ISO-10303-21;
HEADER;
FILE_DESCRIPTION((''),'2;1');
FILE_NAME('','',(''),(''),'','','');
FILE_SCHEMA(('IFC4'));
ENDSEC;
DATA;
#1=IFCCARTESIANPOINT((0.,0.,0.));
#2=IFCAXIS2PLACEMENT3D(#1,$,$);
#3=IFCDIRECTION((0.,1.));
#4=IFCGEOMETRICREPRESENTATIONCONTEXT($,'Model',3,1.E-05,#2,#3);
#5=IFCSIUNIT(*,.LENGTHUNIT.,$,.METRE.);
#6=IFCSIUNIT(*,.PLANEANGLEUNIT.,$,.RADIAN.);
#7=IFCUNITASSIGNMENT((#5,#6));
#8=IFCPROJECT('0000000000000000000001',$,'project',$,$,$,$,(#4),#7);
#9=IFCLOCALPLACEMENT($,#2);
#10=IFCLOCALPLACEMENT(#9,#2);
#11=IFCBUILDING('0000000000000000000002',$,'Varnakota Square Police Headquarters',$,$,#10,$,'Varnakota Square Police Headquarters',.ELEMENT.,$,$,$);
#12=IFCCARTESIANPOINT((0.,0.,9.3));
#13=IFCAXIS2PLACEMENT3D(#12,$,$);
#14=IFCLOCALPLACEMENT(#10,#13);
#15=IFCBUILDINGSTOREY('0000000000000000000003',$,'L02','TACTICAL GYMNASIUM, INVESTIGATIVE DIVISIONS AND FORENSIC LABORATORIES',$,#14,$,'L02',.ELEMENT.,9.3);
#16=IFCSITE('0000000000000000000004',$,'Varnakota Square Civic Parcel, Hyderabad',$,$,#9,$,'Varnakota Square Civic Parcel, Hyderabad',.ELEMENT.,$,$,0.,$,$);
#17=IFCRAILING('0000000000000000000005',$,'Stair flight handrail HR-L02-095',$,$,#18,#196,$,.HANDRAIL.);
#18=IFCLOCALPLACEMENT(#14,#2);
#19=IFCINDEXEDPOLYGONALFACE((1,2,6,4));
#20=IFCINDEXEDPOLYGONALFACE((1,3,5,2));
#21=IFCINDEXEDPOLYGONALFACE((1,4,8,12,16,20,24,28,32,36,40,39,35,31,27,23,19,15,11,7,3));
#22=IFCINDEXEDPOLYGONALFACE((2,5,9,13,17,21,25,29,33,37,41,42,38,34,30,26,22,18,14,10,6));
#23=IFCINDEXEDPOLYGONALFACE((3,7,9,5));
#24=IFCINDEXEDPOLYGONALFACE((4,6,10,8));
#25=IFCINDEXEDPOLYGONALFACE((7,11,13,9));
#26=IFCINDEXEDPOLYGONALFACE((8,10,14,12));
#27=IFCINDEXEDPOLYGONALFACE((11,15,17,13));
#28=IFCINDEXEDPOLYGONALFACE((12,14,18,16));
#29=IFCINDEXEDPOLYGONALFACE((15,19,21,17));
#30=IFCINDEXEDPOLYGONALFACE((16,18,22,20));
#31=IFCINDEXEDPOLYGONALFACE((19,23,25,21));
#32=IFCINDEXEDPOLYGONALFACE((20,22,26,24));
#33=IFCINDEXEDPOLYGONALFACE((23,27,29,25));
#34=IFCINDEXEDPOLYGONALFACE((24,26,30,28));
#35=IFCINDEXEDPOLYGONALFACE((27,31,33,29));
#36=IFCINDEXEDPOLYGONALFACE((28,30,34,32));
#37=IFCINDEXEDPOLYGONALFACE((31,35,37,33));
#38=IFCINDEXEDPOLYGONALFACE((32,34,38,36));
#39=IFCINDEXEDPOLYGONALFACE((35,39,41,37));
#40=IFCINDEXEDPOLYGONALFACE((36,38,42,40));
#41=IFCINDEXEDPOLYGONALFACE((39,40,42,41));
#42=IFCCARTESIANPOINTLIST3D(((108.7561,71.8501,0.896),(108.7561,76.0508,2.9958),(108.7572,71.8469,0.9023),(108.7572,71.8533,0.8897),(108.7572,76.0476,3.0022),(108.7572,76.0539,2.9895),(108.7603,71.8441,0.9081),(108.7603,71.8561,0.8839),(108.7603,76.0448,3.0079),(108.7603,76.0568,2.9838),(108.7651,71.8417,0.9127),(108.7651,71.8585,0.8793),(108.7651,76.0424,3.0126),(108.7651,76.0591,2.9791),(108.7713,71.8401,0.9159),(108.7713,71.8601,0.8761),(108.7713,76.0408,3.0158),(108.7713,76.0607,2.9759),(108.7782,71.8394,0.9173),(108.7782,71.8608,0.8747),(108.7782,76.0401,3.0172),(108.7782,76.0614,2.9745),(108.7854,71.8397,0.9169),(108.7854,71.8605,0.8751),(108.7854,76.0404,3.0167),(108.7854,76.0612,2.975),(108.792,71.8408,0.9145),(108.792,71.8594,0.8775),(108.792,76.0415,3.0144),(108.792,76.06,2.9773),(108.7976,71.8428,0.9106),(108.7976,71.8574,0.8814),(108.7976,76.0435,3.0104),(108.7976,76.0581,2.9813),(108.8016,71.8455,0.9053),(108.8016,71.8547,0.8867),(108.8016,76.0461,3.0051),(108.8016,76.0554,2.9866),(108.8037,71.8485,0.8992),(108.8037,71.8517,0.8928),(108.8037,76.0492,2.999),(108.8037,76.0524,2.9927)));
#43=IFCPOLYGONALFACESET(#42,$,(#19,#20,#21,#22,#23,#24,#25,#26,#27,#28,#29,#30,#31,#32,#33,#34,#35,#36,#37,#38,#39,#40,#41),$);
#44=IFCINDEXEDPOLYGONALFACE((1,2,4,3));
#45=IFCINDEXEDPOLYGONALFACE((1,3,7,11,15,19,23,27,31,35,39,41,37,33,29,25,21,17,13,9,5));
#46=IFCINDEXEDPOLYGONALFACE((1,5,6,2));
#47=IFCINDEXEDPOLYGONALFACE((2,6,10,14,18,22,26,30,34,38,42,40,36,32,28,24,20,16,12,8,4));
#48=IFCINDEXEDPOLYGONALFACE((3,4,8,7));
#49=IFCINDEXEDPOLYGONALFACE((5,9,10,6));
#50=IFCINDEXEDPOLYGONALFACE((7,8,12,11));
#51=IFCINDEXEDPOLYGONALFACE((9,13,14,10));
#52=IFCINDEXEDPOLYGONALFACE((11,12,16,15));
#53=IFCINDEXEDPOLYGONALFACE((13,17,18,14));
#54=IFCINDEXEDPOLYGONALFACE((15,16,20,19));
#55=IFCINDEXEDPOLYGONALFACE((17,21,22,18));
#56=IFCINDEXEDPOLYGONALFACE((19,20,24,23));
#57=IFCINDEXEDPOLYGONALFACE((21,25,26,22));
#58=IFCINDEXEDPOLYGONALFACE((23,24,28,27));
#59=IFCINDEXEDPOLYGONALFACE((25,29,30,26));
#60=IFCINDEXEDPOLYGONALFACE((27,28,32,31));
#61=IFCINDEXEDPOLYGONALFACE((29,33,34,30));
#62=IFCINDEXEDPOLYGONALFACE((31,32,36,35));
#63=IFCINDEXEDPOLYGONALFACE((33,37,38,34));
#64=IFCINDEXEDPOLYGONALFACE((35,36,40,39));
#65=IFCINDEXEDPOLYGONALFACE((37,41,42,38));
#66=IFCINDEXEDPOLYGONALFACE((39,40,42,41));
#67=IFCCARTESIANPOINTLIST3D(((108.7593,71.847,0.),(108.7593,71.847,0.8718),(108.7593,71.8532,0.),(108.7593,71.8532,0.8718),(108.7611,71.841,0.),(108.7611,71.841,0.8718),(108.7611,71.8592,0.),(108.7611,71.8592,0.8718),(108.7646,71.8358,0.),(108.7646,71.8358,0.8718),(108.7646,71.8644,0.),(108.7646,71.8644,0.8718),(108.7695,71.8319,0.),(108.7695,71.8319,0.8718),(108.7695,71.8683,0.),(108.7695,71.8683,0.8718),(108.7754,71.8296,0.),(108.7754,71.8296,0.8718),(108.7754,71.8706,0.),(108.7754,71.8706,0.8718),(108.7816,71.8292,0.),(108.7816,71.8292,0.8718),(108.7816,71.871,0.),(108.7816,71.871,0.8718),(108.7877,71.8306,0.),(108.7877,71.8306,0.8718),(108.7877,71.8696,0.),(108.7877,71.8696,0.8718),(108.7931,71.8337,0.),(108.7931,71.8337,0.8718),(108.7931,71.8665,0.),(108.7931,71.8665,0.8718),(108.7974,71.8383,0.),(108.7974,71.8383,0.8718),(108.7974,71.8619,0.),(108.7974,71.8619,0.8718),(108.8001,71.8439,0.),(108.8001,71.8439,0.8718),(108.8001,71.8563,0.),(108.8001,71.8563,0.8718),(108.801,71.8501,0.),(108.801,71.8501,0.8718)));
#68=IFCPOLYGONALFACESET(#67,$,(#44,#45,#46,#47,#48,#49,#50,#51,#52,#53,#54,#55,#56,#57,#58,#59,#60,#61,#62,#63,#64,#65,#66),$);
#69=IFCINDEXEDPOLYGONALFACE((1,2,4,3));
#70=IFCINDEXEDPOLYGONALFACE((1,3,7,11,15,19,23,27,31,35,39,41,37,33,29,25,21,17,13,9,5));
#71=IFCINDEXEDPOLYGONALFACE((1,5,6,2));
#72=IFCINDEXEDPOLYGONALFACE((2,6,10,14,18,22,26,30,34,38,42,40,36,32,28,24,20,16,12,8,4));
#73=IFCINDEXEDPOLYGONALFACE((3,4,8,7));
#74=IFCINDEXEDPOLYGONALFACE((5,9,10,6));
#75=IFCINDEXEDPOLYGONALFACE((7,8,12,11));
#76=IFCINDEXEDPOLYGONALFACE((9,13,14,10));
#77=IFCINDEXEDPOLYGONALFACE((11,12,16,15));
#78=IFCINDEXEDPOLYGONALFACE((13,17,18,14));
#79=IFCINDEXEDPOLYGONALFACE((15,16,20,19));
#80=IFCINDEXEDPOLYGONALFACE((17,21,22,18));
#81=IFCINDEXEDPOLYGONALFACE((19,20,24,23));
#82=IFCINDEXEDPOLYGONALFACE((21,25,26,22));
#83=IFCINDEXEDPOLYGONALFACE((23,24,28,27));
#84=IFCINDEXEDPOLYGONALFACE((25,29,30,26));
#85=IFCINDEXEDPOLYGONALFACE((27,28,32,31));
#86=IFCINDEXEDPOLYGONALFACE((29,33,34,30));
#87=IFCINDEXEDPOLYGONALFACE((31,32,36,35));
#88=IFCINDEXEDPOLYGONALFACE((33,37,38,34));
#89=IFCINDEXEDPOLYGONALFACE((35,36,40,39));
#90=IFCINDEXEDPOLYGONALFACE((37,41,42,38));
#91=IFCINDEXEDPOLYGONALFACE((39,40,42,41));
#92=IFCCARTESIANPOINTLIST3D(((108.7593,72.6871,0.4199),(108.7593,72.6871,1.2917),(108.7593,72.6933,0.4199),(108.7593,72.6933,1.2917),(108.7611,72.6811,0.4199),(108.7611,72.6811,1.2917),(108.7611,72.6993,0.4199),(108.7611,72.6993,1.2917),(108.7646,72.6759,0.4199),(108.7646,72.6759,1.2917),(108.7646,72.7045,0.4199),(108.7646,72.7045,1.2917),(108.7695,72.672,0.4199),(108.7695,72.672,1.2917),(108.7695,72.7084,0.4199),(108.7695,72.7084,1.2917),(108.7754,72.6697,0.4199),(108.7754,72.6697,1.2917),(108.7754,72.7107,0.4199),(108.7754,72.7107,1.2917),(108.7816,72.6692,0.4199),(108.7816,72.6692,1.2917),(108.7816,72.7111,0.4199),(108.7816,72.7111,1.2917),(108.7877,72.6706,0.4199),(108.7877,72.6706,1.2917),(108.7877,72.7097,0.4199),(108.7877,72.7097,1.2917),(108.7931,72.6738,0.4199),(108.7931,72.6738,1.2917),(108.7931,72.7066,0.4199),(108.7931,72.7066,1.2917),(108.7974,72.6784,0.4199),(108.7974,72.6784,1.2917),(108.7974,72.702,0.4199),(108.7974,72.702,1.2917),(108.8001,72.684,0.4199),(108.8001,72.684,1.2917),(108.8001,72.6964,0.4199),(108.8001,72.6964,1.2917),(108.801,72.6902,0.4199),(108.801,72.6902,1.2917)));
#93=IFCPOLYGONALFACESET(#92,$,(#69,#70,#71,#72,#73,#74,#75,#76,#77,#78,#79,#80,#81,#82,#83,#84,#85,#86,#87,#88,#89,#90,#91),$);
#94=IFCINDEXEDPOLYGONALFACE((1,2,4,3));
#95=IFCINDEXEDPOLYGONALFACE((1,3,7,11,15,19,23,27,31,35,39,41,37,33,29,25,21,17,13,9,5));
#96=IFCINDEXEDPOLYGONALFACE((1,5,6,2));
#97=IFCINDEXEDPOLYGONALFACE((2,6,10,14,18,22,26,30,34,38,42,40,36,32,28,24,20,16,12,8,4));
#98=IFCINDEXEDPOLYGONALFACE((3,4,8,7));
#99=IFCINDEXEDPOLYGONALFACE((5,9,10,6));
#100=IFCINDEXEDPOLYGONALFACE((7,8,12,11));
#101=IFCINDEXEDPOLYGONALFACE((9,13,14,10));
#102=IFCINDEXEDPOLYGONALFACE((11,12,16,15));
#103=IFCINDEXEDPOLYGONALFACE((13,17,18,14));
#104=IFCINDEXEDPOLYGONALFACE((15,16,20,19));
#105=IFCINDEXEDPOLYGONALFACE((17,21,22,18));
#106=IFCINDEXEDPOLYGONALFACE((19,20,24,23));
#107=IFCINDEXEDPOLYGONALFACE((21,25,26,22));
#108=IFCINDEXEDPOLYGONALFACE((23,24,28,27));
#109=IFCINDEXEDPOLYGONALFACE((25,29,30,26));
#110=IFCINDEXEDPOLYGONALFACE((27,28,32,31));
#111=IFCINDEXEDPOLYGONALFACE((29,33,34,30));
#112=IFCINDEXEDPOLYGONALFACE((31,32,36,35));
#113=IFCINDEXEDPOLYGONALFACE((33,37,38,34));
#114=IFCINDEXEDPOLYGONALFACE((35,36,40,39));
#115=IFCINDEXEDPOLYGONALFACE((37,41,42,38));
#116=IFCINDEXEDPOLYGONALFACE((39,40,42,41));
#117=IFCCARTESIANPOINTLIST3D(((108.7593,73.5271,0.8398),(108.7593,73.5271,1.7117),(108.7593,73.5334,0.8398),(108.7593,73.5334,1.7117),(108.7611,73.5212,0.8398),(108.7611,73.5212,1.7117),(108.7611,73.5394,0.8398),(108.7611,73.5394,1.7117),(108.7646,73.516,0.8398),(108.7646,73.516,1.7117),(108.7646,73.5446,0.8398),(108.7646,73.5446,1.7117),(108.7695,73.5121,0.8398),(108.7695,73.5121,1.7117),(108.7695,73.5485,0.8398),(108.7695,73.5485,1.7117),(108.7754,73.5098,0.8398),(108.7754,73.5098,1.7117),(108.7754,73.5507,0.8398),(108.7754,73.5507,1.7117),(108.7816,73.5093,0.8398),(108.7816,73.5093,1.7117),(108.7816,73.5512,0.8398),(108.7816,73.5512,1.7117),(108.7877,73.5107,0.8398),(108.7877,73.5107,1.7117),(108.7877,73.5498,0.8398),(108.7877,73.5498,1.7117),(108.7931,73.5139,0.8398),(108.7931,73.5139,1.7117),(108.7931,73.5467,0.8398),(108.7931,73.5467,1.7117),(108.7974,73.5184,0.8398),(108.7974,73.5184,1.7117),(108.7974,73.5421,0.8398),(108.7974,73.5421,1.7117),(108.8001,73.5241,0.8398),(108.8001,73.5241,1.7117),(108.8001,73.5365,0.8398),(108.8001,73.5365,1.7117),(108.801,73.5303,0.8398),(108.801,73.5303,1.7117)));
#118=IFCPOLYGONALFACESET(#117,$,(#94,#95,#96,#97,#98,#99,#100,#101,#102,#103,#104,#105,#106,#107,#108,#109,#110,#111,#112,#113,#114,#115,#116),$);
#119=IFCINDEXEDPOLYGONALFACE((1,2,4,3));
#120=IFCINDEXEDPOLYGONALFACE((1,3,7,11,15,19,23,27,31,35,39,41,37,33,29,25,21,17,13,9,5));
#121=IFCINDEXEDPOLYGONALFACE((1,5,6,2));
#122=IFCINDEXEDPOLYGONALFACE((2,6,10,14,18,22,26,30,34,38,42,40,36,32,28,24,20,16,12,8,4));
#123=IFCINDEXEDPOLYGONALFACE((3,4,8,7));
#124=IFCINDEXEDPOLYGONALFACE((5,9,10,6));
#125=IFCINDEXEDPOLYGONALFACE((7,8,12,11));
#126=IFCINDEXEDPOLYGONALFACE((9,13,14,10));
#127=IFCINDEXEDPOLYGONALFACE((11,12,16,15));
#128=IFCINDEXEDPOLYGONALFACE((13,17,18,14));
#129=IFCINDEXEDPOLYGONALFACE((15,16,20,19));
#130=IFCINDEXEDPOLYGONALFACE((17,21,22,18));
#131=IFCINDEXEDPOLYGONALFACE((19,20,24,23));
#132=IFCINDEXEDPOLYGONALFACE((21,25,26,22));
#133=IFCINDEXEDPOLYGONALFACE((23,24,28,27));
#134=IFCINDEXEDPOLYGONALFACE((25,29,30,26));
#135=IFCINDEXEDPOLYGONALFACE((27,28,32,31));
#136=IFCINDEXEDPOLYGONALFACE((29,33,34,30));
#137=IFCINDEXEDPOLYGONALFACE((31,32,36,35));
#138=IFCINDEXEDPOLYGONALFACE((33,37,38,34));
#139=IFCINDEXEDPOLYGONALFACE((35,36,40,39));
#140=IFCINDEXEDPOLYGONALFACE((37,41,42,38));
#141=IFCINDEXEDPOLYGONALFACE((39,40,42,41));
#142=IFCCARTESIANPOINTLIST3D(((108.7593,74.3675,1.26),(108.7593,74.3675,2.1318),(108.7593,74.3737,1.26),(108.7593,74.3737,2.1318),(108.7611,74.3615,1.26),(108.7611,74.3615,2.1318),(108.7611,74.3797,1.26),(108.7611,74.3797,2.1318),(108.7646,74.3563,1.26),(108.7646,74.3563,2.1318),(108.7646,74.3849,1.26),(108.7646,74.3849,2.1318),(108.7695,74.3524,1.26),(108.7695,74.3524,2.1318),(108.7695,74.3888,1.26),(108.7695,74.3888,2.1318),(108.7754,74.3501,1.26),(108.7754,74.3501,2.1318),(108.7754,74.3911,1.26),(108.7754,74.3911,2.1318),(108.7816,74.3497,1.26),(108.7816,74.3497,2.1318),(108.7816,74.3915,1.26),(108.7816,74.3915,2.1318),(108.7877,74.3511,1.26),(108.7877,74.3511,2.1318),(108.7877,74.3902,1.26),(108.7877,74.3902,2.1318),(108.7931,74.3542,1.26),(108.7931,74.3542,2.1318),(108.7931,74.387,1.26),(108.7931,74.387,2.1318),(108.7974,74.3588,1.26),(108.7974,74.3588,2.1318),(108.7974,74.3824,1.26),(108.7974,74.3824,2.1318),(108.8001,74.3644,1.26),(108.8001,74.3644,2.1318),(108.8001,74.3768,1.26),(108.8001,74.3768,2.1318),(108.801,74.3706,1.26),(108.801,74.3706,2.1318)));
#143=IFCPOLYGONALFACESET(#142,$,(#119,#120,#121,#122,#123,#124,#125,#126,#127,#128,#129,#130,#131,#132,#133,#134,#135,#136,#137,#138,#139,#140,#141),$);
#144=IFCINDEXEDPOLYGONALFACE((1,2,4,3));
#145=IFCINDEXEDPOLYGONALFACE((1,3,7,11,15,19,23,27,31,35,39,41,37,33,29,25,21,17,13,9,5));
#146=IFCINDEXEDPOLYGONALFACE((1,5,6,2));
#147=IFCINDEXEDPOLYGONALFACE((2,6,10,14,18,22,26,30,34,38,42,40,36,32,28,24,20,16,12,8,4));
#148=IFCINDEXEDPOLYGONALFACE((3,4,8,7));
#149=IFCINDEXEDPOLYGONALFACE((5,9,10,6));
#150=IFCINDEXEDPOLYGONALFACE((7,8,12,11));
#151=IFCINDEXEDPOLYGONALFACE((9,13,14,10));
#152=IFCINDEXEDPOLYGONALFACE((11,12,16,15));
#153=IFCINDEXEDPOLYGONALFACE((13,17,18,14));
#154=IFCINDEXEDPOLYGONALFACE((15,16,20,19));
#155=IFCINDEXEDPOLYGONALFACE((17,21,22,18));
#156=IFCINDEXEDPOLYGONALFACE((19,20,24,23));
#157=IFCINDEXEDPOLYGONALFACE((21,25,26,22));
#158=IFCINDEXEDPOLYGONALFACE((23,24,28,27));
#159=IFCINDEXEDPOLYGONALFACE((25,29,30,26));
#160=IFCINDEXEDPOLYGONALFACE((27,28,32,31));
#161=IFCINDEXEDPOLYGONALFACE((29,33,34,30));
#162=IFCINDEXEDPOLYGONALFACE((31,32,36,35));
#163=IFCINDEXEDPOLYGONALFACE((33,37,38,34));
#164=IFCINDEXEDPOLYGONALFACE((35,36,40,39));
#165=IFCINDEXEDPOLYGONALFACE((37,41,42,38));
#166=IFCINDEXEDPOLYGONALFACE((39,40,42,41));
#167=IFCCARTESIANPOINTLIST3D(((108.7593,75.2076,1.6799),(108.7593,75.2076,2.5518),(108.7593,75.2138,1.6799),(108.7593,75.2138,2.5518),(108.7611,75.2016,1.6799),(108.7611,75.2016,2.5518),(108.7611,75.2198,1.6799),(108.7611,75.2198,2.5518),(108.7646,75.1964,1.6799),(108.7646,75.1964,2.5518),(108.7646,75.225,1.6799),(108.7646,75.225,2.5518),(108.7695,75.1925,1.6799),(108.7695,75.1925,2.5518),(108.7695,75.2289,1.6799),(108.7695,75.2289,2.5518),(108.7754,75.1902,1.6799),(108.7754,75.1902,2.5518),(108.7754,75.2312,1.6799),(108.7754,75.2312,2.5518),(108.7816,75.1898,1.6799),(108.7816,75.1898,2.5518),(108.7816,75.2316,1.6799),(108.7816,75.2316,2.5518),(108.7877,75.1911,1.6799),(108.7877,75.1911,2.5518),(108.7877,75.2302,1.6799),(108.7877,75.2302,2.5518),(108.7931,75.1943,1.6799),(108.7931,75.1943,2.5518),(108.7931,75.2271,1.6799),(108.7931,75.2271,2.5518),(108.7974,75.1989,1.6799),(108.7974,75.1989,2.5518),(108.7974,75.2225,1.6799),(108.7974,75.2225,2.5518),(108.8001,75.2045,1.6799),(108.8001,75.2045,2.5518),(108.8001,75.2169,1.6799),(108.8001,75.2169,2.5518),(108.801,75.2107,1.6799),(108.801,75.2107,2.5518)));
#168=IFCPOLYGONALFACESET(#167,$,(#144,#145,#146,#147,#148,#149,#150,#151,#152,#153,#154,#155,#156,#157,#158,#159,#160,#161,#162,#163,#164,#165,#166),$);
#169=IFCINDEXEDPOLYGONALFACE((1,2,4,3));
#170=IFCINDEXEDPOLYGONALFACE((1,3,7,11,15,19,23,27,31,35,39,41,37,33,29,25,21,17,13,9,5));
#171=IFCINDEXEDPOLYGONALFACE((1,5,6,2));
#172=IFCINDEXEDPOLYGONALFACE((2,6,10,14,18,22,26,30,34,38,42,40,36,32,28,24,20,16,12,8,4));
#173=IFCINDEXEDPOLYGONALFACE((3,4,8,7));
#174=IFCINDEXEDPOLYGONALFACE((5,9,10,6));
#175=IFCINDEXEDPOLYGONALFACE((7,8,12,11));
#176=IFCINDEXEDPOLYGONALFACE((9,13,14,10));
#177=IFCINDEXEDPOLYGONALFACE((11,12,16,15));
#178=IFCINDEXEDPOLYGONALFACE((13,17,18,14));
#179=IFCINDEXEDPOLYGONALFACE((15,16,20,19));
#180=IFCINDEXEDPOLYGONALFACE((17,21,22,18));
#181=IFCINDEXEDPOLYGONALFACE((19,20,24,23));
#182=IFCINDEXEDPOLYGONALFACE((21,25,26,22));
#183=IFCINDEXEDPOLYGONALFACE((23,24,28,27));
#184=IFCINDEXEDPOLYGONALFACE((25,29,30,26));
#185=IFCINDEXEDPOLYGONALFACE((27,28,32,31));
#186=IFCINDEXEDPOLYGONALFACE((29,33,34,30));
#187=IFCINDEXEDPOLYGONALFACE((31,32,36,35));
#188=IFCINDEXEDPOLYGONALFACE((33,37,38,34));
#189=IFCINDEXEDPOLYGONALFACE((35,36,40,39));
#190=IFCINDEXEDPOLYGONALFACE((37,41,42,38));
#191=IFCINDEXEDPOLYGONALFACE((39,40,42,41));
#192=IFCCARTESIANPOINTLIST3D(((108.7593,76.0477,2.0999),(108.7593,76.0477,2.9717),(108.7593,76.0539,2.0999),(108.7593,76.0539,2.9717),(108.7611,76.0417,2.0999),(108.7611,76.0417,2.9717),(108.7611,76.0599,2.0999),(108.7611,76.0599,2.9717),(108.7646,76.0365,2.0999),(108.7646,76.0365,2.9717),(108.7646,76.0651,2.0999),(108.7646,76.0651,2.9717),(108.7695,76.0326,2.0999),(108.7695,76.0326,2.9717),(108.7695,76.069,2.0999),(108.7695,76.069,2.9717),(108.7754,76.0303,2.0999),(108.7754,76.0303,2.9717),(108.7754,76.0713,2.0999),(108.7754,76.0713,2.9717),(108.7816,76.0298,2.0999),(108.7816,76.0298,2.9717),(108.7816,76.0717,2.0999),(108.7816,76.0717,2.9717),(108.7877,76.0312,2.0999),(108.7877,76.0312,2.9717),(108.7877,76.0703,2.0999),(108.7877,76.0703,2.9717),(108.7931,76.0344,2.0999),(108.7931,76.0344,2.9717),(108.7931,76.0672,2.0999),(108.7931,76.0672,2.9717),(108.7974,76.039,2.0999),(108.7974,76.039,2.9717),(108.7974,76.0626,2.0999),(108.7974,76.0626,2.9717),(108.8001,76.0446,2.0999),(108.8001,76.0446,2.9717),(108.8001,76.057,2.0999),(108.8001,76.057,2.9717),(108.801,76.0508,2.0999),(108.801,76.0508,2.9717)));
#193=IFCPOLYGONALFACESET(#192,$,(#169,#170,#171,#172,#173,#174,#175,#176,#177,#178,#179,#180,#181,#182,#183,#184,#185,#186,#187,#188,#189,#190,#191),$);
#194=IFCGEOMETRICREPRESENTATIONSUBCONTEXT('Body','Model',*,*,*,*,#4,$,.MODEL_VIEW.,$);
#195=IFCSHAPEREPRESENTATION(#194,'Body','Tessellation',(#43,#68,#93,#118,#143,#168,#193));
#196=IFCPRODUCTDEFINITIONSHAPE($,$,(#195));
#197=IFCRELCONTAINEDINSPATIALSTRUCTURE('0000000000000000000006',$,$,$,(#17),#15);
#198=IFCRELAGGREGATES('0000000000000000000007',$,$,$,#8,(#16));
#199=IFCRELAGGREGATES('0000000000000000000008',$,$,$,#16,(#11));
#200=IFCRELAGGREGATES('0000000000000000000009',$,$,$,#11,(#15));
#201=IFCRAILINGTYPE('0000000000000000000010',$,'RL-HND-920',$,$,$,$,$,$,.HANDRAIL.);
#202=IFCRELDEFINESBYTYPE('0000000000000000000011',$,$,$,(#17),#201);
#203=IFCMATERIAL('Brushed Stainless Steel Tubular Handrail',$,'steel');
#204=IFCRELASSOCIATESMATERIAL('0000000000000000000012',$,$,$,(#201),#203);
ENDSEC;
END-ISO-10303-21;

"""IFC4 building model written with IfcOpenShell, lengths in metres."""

from ifc_helpers import new_model, si_unit, direction, frame, origin, origin_2d, place, context, subcontext, project, spatial, circle, extrude, material, type_object, element, save


model = new_model("IFC4")

# Units and contexts
model_context = context("Model", 3, precision=1e-05, world=origin(), true_north=direction((0.0, 1.0)))
body_context = subcontext(model_context, "Body", "Model", "MODEL_VIEW")
ifc_project = project(units=[si_unit("LENGTHUNIT", "METRE"), si_unit("PLANEANGLEUNIT", "RADIAN")], contexts=[model_context])

# Site, building, storey
site_placement = place(None, origin())
site = spatial("IfcSite", under=ifc_project, at=site_placement, Name="Varnakota Square Civic Parcel, Hyderabad", LongName="Varnakota Square Civic Parcel, Hyderabad", CompositionType="ELEMENT", RefElevation=0.0)
building_placement = place(site_placement, origin())
building = spatial("IfcBuilding", under=site, at=building_placement, Name="Varnakota Square Police Headquarters", LongName="Varnakota Square Police Headquarters", CompositionType="ELEMENT")
storey_placement = place(building_placement, frame((0.0, 0.0, 9.3)))
storey = spatial("IfcBuildingStorey", under=building, at=storey_placement, Name="L02", Description="TACTICAL GYMNASIUM, INVESTIGATIVE DIVISIONS AND FORENSIC LABORATORIES", LongName="L02", CompositionType="ELEMENT", Elevation=9.3)

# Railing
ifc_material_1 = material(Name="Brushed Stainless Steel Tubular Handrail", Category="steel")
railing_type_1 = type_object("IfcRailingType", Name="RL-HND-920", PredefinedType="HANDRAIL", material=ifc_material_1)
railing_1_placement = place(storey_placement, frame((108.78, 71.8501, 0.0)))
element("IfcRailing", 1, at=railing_1_placement, inside=storey, type_object=railing_type_1, Name="Stair flight handrail HR-L02-095", PredefinedType="HANDRAIL", context=body_context, shape_type="SweptSolid", body=[
    extrude(circle(Radius=0.0239, at=origin_2d()), frame((0.0, 0.0, 0.896), z_axis=(0.0, 0.894469, 0.44713), x_axis=(-1.0, 0.0, 0.0)), (0.0, 0.0, 1.0), 4.6963),
    extrude(circle(Radius=0.021, at=origin_2d()), origin(), (0.0, 0.0, 1.0), 0.8718),
    extrude(circle(Radius=0.021, at=origin_2d()), frame((0.0, 0.8401, 0.4199)), (0.0, 0.0, 1.0), 0.8718),
    extrude(circle(Radius=0.021, at=origin_2d()), frame((0.0, 1.6802, 0.8398)), (0.0, 0.0, 1.0), 0.8718),
    extrude(circle(Radius=0.021, at=origin_2d()), frame((0.0, 2.5205, 1.26)), (0.0, 0.0, 1.0), 0.8718),
    extrude(circle(Radius=0.021, at=origin_2d()), frame((0.0, 3.3606, 1.6799)), (0.0, 0.0, 1.0), 0.8718),
    extrude(circle(Radius=0.021, at=origin_2d()), frame((0.0, 4.2007, 2.0999)), (0.0, 0.0, 1.0), 0.8718),
])

save(model, "model.ifc")
